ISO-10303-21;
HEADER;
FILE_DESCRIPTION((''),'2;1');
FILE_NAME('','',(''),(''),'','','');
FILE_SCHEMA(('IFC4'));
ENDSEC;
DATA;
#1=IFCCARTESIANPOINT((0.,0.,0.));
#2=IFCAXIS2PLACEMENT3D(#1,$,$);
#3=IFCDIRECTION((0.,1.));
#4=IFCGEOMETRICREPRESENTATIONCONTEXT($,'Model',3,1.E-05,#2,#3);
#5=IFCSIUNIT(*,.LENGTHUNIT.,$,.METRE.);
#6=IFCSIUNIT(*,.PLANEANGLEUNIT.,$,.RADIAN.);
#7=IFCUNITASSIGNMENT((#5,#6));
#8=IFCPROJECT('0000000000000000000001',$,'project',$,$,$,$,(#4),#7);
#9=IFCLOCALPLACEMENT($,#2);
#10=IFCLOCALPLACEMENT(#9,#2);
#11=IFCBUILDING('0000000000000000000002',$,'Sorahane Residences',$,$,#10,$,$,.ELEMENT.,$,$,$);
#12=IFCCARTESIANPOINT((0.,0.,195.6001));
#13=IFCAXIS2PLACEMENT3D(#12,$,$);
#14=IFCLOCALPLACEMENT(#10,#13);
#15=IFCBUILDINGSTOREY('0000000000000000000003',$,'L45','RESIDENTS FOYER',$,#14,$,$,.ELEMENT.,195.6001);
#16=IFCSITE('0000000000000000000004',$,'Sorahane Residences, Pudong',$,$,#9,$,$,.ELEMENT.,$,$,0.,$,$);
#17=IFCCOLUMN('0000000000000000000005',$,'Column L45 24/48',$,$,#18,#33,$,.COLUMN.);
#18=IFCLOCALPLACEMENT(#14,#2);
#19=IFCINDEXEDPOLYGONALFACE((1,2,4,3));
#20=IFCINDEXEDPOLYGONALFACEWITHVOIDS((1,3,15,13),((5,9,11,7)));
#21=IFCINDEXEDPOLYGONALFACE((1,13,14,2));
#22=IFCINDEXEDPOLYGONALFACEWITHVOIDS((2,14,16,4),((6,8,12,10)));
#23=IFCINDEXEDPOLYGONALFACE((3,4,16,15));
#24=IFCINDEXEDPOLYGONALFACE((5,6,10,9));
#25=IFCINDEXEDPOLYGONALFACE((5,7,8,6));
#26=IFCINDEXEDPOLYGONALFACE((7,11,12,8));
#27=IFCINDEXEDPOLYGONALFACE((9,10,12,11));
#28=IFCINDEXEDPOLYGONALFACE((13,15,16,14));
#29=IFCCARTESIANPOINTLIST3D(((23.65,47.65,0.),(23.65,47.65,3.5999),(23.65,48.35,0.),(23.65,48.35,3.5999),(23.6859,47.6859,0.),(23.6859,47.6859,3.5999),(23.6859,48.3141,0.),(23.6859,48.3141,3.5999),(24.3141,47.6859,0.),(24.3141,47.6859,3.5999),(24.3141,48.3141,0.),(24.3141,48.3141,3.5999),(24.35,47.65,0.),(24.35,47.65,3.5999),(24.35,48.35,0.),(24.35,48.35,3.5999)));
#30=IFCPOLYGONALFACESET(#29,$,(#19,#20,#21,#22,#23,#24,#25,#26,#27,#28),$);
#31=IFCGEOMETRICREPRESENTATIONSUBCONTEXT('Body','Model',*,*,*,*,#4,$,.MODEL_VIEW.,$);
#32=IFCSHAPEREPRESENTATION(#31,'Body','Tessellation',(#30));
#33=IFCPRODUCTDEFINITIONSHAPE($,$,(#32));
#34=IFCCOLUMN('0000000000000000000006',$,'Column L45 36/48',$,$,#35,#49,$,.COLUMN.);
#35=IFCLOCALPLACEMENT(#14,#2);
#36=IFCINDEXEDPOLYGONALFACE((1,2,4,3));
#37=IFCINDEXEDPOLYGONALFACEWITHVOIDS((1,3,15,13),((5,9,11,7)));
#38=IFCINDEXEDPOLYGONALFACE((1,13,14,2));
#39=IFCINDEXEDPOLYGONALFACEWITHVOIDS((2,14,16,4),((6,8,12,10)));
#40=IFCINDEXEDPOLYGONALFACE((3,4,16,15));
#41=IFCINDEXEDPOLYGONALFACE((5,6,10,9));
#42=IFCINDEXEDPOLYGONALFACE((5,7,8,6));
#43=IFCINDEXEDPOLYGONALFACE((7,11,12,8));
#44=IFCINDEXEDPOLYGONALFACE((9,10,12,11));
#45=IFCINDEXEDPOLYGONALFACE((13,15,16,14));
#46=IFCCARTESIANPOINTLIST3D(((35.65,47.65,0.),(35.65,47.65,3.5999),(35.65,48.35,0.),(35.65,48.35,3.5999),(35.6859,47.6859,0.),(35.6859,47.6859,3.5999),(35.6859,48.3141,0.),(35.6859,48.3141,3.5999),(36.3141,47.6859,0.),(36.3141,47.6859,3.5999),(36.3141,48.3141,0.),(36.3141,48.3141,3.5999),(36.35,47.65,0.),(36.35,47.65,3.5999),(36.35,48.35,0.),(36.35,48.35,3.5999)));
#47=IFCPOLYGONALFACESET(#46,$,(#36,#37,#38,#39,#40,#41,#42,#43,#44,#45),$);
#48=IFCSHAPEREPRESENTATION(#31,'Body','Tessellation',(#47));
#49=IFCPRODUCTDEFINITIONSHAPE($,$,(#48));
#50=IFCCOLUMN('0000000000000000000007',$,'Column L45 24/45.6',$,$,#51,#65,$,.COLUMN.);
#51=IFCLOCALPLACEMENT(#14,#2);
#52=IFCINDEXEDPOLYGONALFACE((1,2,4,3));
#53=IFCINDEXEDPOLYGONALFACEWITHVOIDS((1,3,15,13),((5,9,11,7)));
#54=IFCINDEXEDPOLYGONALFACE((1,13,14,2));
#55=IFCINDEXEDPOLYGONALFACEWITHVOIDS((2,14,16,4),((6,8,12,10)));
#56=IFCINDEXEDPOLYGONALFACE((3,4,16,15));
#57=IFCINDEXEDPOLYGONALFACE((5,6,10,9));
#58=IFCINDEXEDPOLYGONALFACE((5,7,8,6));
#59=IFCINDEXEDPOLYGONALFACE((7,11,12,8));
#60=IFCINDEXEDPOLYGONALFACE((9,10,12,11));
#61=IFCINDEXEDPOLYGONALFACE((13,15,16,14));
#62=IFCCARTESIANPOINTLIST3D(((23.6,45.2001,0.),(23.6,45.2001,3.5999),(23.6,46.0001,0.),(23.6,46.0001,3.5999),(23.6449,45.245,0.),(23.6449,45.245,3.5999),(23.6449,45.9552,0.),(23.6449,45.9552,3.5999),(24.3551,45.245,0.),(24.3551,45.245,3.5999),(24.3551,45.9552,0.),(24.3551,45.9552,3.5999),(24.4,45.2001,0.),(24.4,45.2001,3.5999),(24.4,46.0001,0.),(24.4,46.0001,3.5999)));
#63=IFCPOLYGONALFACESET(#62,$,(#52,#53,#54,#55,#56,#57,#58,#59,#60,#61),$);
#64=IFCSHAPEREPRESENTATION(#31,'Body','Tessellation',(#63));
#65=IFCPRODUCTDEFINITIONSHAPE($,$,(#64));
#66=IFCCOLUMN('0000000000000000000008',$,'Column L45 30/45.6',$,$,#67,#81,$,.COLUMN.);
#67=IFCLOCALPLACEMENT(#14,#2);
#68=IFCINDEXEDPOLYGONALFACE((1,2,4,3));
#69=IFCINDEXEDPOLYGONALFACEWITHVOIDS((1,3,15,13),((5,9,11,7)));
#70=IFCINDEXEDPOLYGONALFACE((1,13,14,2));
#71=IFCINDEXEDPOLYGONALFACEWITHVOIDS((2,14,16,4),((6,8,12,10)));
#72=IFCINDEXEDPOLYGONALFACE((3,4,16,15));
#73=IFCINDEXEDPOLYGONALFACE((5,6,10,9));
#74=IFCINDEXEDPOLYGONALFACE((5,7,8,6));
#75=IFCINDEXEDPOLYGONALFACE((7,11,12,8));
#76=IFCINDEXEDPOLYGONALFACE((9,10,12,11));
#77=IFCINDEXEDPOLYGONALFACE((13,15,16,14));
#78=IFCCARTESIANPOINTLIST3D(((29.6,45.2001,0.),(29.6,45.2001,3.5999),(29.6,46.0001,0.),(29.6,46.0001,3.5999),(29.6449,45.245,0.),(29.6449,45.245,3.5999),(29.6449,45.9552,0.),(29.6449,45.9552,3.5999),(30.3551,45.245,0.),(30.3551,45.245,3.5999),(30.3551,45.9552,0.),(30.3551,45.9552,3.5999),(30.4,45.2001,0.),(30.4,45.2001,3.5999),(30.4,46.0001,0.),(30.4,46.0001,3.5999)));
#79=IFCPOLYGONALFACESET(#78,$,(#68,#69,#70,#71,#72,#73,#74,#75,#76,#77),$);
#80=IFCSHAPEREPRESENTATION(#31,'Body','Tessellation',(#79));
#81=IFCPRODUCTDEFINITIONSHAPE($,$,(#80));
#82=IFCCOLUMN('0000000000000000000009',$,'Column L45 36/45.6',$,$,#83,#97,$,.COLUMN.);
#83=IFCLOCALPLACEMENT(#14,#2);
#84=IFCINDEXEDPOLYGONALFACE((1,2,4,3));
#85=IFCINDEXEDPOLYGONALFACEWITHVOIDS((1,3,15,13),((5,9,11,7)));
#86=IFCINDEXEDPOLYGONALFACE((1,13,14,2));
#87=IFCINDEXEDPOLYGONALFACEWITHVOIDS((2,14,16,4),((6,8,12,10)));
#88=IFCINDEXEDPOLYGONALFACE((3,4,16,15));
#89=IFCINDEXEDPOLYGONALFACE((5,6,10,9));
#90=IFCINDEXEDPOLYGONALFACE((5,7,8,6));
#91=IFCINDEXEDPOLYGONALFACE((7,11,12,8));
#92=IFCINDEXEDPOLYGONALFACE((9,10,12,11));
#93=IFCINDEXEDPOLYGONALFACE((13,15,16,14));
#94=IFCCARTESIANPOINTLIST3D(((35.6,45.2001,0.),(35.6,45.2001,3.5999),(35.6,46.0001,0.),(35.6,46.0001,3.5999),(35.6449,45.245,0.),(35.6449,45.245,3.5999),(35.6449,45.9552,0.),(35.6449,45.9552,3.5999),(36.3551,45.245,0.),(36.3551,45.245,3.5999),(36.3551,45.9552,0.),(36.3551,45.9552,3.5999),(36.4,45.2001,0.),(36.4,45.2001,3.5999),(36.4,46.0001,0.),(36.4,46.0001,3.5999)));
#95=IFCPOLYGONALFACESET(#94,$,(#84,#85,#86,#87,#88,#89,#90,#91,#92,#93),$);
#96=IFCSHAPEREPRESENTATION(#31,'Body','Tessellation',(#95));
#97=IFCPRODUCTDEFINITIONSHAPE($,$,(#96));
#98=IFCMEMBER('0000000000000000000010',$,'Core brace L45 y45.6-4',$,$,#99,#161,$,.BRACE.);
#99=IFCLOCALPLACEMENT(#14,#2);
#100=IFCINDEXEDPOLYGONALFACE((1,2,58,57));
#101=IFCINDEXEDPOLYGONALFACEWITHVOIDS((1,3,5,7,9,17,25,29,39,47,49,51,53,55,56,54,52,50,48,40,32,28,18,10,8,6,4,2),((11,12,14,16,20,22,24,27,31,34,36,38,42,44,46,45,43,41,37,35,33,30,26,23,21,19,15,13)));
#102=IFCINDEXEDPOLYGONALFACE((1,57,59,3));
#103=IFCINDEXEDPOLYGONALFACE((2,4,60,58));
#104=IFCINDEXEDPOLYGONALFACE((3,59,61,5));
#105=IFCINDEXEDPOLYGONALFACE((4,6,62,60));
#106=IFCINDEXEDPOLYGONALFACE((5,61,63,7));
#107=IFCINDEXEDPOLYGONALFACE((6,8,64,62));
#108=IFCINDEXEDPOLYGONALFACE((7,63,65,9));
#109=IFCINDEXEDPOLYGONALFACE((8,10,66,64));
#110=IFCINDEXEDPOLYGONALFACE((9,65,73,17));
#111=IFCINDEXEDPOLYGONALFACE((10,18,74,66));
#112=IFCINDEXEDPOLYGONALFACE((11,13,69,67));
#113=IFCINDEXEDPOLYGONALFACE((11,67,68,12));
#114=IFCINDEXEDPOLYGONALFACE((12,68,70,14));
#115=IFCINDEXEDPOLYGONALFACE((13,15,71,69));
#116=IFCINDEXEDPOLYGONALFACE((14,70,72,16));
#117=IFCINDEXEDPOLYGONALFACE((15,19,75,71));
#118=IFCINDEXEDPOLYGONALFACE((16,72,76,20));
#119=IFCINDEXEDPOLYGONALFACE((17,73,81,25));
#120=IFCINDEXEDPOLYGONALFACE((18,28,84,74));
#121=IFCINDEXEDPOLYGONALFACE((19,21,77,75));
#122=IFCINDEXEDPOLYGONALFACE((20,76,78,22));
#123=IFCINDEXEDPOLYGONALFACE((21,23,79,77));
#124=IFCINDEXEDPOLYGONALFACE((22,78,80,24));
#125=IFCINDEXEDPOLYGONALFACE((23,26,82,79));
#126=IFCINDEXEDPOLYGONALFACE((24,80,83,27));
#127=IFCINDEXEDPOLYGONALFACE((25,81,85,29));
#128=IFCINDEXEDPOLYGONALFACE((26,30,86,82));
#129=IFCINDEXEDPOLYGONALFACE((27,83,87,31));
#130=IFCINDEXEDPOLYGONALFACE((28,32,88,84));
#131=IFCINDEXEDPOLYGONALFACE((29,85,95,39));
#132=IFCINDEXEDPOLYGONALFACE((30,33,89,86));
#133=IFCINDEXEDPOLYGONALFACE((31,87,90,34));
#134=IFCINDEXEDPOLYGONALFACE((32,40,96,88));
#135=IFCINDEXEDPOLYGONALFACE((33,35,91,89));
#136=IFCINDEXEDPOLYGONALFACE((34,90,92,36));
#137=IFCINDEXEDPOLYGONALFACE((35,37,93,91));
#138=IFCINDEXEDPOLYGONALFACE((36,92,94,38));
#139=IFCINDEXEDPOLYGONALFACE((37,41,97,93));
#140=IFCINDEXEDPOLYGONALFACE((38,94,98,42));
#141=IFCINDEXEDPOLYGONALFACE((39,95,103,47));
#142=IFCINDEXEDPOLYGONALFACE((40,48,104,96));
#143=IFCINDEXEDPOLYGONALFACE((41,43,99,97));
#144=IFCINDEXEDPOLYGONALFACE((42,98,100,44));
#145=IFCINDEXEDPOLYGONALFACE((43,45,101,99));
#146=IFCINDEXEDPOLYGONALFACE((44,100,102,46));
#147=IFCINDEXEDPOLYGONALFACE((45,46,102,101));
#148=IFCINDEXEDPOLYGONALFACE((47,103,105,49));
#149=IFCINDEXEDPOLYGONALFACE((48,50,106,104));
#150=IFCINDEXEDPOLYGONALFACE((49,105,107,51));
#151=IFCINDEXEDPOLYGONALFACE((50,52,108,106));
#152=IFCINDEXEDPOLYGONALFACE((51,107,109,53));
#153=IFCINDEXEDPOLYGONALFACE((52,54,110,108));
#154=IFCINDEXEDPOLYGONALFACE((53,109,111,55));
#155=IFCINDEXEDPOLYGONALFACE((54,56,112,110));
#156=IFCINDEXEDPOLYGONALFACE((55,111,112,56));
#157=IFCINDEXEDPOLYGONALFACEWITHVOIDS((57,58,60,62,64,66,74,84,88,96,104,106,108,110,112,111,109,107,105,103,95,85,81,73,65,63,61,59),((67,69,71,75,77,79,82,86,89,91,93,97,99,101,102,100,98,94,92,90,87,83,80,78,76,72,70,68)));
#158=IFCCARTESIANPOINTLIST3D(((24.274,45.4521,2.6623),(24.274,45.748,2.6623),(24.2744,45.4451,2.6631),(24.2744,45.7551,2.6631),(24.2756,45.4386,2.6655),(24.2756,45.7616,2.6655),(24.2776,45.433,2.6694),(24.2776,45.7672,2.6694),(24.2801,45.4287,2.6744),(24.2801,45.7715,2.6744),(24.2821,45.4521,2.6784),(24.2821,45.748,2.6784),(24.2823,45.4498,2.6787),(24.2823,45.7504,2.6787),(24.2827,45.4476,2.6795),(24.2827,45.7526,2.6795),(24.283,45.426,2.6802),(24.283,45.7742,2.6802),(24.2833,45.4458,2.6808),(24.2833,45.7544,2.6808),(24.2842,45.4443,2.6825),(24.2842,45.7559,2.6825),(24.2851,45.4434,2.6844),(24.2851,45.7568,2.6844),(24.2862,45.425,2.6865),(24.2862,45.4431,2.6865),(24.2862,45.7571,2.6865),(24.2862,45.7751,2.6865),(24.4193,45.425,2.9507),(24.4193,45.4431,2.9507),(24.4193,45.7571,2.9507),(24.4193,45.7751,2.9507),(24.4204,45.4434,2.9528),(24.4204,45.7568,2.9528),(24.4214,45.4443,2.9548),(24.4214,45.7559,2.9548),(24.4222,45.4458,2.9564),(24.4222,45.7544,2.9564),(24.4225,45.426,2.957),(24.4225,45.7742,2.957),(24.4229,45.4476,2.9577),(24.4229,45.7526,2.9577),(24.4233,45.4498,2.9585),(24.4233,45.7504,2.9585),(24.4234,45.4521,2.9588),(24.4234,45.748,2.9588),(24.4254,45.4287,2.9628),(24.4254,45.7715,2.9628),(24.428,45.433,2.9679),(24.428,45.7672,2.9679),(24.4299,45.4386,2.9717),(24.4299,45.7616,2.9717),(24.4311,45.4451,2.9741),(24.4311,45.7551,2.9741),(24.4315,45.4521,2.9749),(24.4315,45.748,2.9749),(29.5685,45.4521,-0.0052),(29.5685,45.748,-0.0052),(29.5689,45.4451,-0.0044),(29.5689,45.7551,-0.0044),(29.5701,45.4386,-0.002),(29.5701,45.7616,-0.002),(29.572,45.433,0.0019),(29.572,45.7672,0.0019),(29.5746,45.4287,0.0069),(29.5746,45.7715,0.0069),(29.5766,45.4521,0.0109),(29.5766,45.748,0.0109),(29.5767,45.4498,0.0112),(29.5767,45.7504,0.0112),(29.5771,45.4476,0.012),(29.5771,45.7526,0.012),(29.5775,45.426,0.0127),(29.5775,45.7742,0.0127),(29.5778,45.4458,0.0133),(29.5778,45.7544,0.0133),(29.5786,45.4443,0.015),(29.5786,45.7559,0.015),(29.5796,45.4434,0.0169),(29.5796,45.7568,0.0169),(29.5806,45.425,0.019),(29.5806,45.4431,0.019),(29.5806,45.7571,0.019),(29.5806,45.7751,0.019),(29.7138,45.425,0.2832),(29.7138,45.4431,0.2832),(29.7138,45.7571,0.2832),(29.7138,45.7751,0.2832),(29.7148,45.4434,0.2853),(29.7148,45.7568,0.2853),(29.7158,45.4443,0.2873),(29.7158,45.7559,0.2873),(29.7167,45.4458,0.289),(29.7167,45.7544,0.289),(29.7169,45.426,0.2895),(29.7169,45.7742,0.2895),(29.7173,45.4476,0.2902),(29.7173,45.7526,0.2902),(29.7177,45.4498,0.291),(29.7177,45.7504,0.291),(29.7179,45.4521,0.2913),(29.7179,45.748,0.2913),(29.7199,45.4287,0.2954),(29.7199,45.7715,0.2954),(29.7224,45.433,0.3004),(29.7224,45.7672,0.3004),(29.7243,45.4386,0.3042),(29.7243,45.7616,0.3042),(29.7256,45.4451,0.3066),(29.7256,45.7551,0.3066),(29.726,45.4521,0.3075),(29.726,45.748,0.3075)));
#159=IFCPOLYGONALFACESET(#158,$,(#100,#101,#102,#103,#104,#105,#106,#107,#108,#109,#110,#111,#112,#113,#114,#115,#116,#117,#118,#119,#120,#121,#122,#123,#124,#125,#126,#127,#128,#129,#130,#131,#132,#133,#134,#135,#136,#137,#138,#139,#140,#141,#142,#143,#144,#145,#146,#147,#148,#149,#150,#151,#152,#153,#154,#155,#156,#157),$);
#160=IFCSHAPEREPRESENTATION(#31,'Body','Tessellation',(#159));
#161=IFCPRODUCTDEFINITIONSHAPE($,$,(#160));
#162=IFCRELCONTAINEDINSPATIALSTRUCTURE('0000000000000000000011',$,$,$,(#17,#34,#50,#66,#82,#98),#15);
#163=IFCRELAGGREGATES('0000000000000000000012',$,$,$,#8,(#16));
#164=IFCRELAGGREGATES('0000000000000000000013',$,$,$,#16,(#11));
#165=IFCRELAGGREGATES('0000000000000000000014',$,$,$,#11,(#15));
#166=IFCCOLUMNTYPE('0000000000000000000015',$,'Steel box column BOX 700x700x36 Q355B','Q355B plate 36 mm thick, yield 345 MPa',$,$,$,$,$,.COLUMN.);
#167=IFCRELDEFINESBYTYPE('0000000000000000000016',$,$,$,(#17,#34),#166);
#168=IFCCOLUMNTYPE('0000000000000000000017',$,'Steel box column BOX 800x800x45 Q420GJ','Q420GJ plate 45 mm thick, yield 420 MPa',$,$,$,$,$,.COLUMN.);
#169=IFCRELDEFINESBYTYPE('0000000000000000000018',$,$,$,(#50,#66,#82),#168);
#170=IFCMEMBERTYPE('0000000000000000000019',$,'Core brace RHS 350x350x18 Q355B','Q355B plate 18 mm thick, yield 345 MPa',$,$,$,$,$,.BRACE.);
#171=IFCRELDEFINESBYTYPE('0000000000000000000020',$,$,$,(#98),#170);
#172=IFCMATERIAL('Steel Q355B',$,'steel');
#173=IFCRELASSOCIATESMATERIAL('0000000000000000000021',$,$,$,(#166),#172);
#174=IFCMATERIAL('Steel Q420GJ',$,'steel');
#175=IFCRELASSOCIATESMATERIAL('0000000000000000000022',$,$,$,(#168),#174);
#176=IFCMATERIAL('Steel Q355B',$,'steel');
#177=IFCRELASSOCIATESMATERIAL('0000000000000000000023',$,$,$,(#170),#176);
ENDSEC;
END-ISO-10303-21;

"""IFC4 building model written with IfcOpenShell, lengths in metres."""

from ifc_helpers import new_model, si_unit, direction, frame, origin, origin_2d, place, context, subcontext, project, spatial, hollow_rectangle, extrude, material, material_profile, profile_set, type_object, element, save


model = new_model("IFC4")

# Units and contexts
model_context = context("Model", 3, precision=1e-05, world=origin(), true_north=direction((0.0, 1.0)))
body_context = subcontext(model_context, "Body", "Model", "MODEL_VIEW")
ifc_project = project(units=[si_unit("LENGTHUNIT", "METRE"), si_unit("PLANEANGLEUNIT", "RADIAN")], contexts=[model_context])

# Site, building, storey
site_placement = place(None, origin())
site = spatial("IfcSite", under=ifc_project, at=site_placement, Name="Sorahane Residences, Pudong", CompositionType="ELEMENT", RefElevation=0.0)
building_placement = place(site_placement, origin())
building = spatial("IfcBuilding", under=site, at=building_placement, Name="Sorahane Residences", CompositionType="ELEMENT")
storey_placement = place(building_placement, frame((0.0, 0.0, 195.6001)))
storey = spatial("IfcBuildingStorey", under=building, at=storey_placement, Name="L45", Description="RESIDENTS FOYER", CompositionType="ELEMENT", Elevation=195.6001)

# Columns
ifc_material_1 = material(Name="Steel Q355B", Category="steel")
ifc_material_profile_1 = material_profile(ifc_material_1, hollow_rectangle(XDim=0.7, YDim=0.7, WallThickness=0.0359, at=origin_2d()), Name="BOX 700x700x36")
ifc_profile_set_1 = profile_set([ifc_material_profile_1], Name="Steel Q355B")
column_type_1 = type_object("IfcColumnType", Name="Steel box column BOX 700x700x36 Q355B", Description="Q355B plate 36 mm thick, yield 345 MPa", PredefinedType="COLUMN", material=ifc_profile_set_1)
for number, where, z_axis, x_axis, name in (
    (1, (24.0, 48.0, 0.0), (0.0, 0.0, 1.0), (1.0, 0.0, 0.0), "Column L45 24/48"),
    (2, (36.0, 48.0, 0.0), (0.0, 0.0, 1.0), (1.0, 0.0, 0.0), "Column L45 36/48"),
):
    element("IfcColumn", number, at=place(storey_placement, frame(where, z_axis=z_axis, x_axis=x_axis)), inside=storey, type_object=column_type_1, Name=name, PredefinedType="COLUMN", context=body_context, shape_type="SweptSolid", body=[
        extrude(hollow_rectangle(XDim=0.7, YDim=0.7, WallThickness=0.0359, at=origin_2d()), origin(), (0.0, 0.0, 1.0), 3.5999),
    ])
ifc_material_2 = material(Name="Steel Q420GJ", Category="steel")
ifc_material_profile_2 = material_profile(ifc_material_2, hollow_rectangle(XDim=0.8, YDim=0.8, WallThickness=0.0449, at=origin_2d()), Name="BOX 800x800x45")
ifc_profile_set_2 = profile_set([ifc_material_profile_2], Name="Steel Q420GJ")
column_type_2 = type_object("IfcColumnType", Name="Steel box column BOX 800x800x45 Q420GJ", Description="Q420GJ plate 45 mm thick, yield 420 MPa", PredefinedType="COLUMN", material=ifc_profile_set_2)
for number, where, z_axis, x_axis, name in (
    (3, (24.0, 45.6001, 0.0), (0.0, 0.0, 1.0), (1.0, 0.0, 0.0), "Column L45 24/45.6"),
    (4, (30.0, 45.6001, 0.0), (0.0, 0.0, 1.0), (1.0, 0.0, 0.0), "Column L45 30/45.6"),
    (5, (36.0, 45.6001, 0.0), (0.0, 0.0, 1.0), (1.0, 0.0, 0.0), "Column L45 36/45.6"),
):
    element("IfcColumn", number, at=place(storey_placement, frame(where, z_axis=z_axis, x_axis=x_axis)), inside=storey, type_object=column_type_2, Name=name, PredefinedType="COLUMN", context=body_context, shape_type="SweptSolid", body=[
        extrude(hollow_rectangle(XDim=0.8, YDim=0.8, WallThickness=0.0449, at=origin_2d()), origin(), (0.0, 0.0, 1.0), 3.5999),
    ])

# Member
ifc_material_3 = material(Name="Steel Q355B", Category="steel")
ifc_material_profile_3 = material_profile(ifc_material_3, hollow_rectangle(XDim=0.3501, YDim=0.3501, WallThickness=0.0181, InnerFilletRadius=0.009, OuterFilletRadius=0.0271, at=origin_2d()), Name="RHS 350x350x18")
ifc_profile_set_3 = profile_set([ifc_material_profile_3], Name="Steel Q355B")
member_type_1 = type_object("IfcMemberType", Name="Core brace RHS 350x350x18 Q355B", Description="Q355B plate 18 mm thick, yield 345 MPa", PredefinedType="BRACE", material=ifc_profile_set_3)
member_1_placement = place(storey_placement, frame((29.6472, 45.6001, 0.1511), z_axis=(-0.893056, 0.0, 0.449946), x_axis=(0.0, -1.0, 0.0)))
element("IfcMember", 6, at=member_1_placement, inside=storey, type_object=member_type_1, Name="Core brace L45 y45.6-4", PredefinedType="BRACE", context=body_context, shape_type="SweptSolid", body=[
    extrude(hollow_rectangle(XDim=0.3501, YDim=0.3501, WallThickness=0.0181, InnerFilletRadius=0.009, OuterFilletRadius=0.0271, at=origin_2d()), origin(), (0.0, 0.0, 1.0), 5.9285),
])

save(model, "model.ifc")
